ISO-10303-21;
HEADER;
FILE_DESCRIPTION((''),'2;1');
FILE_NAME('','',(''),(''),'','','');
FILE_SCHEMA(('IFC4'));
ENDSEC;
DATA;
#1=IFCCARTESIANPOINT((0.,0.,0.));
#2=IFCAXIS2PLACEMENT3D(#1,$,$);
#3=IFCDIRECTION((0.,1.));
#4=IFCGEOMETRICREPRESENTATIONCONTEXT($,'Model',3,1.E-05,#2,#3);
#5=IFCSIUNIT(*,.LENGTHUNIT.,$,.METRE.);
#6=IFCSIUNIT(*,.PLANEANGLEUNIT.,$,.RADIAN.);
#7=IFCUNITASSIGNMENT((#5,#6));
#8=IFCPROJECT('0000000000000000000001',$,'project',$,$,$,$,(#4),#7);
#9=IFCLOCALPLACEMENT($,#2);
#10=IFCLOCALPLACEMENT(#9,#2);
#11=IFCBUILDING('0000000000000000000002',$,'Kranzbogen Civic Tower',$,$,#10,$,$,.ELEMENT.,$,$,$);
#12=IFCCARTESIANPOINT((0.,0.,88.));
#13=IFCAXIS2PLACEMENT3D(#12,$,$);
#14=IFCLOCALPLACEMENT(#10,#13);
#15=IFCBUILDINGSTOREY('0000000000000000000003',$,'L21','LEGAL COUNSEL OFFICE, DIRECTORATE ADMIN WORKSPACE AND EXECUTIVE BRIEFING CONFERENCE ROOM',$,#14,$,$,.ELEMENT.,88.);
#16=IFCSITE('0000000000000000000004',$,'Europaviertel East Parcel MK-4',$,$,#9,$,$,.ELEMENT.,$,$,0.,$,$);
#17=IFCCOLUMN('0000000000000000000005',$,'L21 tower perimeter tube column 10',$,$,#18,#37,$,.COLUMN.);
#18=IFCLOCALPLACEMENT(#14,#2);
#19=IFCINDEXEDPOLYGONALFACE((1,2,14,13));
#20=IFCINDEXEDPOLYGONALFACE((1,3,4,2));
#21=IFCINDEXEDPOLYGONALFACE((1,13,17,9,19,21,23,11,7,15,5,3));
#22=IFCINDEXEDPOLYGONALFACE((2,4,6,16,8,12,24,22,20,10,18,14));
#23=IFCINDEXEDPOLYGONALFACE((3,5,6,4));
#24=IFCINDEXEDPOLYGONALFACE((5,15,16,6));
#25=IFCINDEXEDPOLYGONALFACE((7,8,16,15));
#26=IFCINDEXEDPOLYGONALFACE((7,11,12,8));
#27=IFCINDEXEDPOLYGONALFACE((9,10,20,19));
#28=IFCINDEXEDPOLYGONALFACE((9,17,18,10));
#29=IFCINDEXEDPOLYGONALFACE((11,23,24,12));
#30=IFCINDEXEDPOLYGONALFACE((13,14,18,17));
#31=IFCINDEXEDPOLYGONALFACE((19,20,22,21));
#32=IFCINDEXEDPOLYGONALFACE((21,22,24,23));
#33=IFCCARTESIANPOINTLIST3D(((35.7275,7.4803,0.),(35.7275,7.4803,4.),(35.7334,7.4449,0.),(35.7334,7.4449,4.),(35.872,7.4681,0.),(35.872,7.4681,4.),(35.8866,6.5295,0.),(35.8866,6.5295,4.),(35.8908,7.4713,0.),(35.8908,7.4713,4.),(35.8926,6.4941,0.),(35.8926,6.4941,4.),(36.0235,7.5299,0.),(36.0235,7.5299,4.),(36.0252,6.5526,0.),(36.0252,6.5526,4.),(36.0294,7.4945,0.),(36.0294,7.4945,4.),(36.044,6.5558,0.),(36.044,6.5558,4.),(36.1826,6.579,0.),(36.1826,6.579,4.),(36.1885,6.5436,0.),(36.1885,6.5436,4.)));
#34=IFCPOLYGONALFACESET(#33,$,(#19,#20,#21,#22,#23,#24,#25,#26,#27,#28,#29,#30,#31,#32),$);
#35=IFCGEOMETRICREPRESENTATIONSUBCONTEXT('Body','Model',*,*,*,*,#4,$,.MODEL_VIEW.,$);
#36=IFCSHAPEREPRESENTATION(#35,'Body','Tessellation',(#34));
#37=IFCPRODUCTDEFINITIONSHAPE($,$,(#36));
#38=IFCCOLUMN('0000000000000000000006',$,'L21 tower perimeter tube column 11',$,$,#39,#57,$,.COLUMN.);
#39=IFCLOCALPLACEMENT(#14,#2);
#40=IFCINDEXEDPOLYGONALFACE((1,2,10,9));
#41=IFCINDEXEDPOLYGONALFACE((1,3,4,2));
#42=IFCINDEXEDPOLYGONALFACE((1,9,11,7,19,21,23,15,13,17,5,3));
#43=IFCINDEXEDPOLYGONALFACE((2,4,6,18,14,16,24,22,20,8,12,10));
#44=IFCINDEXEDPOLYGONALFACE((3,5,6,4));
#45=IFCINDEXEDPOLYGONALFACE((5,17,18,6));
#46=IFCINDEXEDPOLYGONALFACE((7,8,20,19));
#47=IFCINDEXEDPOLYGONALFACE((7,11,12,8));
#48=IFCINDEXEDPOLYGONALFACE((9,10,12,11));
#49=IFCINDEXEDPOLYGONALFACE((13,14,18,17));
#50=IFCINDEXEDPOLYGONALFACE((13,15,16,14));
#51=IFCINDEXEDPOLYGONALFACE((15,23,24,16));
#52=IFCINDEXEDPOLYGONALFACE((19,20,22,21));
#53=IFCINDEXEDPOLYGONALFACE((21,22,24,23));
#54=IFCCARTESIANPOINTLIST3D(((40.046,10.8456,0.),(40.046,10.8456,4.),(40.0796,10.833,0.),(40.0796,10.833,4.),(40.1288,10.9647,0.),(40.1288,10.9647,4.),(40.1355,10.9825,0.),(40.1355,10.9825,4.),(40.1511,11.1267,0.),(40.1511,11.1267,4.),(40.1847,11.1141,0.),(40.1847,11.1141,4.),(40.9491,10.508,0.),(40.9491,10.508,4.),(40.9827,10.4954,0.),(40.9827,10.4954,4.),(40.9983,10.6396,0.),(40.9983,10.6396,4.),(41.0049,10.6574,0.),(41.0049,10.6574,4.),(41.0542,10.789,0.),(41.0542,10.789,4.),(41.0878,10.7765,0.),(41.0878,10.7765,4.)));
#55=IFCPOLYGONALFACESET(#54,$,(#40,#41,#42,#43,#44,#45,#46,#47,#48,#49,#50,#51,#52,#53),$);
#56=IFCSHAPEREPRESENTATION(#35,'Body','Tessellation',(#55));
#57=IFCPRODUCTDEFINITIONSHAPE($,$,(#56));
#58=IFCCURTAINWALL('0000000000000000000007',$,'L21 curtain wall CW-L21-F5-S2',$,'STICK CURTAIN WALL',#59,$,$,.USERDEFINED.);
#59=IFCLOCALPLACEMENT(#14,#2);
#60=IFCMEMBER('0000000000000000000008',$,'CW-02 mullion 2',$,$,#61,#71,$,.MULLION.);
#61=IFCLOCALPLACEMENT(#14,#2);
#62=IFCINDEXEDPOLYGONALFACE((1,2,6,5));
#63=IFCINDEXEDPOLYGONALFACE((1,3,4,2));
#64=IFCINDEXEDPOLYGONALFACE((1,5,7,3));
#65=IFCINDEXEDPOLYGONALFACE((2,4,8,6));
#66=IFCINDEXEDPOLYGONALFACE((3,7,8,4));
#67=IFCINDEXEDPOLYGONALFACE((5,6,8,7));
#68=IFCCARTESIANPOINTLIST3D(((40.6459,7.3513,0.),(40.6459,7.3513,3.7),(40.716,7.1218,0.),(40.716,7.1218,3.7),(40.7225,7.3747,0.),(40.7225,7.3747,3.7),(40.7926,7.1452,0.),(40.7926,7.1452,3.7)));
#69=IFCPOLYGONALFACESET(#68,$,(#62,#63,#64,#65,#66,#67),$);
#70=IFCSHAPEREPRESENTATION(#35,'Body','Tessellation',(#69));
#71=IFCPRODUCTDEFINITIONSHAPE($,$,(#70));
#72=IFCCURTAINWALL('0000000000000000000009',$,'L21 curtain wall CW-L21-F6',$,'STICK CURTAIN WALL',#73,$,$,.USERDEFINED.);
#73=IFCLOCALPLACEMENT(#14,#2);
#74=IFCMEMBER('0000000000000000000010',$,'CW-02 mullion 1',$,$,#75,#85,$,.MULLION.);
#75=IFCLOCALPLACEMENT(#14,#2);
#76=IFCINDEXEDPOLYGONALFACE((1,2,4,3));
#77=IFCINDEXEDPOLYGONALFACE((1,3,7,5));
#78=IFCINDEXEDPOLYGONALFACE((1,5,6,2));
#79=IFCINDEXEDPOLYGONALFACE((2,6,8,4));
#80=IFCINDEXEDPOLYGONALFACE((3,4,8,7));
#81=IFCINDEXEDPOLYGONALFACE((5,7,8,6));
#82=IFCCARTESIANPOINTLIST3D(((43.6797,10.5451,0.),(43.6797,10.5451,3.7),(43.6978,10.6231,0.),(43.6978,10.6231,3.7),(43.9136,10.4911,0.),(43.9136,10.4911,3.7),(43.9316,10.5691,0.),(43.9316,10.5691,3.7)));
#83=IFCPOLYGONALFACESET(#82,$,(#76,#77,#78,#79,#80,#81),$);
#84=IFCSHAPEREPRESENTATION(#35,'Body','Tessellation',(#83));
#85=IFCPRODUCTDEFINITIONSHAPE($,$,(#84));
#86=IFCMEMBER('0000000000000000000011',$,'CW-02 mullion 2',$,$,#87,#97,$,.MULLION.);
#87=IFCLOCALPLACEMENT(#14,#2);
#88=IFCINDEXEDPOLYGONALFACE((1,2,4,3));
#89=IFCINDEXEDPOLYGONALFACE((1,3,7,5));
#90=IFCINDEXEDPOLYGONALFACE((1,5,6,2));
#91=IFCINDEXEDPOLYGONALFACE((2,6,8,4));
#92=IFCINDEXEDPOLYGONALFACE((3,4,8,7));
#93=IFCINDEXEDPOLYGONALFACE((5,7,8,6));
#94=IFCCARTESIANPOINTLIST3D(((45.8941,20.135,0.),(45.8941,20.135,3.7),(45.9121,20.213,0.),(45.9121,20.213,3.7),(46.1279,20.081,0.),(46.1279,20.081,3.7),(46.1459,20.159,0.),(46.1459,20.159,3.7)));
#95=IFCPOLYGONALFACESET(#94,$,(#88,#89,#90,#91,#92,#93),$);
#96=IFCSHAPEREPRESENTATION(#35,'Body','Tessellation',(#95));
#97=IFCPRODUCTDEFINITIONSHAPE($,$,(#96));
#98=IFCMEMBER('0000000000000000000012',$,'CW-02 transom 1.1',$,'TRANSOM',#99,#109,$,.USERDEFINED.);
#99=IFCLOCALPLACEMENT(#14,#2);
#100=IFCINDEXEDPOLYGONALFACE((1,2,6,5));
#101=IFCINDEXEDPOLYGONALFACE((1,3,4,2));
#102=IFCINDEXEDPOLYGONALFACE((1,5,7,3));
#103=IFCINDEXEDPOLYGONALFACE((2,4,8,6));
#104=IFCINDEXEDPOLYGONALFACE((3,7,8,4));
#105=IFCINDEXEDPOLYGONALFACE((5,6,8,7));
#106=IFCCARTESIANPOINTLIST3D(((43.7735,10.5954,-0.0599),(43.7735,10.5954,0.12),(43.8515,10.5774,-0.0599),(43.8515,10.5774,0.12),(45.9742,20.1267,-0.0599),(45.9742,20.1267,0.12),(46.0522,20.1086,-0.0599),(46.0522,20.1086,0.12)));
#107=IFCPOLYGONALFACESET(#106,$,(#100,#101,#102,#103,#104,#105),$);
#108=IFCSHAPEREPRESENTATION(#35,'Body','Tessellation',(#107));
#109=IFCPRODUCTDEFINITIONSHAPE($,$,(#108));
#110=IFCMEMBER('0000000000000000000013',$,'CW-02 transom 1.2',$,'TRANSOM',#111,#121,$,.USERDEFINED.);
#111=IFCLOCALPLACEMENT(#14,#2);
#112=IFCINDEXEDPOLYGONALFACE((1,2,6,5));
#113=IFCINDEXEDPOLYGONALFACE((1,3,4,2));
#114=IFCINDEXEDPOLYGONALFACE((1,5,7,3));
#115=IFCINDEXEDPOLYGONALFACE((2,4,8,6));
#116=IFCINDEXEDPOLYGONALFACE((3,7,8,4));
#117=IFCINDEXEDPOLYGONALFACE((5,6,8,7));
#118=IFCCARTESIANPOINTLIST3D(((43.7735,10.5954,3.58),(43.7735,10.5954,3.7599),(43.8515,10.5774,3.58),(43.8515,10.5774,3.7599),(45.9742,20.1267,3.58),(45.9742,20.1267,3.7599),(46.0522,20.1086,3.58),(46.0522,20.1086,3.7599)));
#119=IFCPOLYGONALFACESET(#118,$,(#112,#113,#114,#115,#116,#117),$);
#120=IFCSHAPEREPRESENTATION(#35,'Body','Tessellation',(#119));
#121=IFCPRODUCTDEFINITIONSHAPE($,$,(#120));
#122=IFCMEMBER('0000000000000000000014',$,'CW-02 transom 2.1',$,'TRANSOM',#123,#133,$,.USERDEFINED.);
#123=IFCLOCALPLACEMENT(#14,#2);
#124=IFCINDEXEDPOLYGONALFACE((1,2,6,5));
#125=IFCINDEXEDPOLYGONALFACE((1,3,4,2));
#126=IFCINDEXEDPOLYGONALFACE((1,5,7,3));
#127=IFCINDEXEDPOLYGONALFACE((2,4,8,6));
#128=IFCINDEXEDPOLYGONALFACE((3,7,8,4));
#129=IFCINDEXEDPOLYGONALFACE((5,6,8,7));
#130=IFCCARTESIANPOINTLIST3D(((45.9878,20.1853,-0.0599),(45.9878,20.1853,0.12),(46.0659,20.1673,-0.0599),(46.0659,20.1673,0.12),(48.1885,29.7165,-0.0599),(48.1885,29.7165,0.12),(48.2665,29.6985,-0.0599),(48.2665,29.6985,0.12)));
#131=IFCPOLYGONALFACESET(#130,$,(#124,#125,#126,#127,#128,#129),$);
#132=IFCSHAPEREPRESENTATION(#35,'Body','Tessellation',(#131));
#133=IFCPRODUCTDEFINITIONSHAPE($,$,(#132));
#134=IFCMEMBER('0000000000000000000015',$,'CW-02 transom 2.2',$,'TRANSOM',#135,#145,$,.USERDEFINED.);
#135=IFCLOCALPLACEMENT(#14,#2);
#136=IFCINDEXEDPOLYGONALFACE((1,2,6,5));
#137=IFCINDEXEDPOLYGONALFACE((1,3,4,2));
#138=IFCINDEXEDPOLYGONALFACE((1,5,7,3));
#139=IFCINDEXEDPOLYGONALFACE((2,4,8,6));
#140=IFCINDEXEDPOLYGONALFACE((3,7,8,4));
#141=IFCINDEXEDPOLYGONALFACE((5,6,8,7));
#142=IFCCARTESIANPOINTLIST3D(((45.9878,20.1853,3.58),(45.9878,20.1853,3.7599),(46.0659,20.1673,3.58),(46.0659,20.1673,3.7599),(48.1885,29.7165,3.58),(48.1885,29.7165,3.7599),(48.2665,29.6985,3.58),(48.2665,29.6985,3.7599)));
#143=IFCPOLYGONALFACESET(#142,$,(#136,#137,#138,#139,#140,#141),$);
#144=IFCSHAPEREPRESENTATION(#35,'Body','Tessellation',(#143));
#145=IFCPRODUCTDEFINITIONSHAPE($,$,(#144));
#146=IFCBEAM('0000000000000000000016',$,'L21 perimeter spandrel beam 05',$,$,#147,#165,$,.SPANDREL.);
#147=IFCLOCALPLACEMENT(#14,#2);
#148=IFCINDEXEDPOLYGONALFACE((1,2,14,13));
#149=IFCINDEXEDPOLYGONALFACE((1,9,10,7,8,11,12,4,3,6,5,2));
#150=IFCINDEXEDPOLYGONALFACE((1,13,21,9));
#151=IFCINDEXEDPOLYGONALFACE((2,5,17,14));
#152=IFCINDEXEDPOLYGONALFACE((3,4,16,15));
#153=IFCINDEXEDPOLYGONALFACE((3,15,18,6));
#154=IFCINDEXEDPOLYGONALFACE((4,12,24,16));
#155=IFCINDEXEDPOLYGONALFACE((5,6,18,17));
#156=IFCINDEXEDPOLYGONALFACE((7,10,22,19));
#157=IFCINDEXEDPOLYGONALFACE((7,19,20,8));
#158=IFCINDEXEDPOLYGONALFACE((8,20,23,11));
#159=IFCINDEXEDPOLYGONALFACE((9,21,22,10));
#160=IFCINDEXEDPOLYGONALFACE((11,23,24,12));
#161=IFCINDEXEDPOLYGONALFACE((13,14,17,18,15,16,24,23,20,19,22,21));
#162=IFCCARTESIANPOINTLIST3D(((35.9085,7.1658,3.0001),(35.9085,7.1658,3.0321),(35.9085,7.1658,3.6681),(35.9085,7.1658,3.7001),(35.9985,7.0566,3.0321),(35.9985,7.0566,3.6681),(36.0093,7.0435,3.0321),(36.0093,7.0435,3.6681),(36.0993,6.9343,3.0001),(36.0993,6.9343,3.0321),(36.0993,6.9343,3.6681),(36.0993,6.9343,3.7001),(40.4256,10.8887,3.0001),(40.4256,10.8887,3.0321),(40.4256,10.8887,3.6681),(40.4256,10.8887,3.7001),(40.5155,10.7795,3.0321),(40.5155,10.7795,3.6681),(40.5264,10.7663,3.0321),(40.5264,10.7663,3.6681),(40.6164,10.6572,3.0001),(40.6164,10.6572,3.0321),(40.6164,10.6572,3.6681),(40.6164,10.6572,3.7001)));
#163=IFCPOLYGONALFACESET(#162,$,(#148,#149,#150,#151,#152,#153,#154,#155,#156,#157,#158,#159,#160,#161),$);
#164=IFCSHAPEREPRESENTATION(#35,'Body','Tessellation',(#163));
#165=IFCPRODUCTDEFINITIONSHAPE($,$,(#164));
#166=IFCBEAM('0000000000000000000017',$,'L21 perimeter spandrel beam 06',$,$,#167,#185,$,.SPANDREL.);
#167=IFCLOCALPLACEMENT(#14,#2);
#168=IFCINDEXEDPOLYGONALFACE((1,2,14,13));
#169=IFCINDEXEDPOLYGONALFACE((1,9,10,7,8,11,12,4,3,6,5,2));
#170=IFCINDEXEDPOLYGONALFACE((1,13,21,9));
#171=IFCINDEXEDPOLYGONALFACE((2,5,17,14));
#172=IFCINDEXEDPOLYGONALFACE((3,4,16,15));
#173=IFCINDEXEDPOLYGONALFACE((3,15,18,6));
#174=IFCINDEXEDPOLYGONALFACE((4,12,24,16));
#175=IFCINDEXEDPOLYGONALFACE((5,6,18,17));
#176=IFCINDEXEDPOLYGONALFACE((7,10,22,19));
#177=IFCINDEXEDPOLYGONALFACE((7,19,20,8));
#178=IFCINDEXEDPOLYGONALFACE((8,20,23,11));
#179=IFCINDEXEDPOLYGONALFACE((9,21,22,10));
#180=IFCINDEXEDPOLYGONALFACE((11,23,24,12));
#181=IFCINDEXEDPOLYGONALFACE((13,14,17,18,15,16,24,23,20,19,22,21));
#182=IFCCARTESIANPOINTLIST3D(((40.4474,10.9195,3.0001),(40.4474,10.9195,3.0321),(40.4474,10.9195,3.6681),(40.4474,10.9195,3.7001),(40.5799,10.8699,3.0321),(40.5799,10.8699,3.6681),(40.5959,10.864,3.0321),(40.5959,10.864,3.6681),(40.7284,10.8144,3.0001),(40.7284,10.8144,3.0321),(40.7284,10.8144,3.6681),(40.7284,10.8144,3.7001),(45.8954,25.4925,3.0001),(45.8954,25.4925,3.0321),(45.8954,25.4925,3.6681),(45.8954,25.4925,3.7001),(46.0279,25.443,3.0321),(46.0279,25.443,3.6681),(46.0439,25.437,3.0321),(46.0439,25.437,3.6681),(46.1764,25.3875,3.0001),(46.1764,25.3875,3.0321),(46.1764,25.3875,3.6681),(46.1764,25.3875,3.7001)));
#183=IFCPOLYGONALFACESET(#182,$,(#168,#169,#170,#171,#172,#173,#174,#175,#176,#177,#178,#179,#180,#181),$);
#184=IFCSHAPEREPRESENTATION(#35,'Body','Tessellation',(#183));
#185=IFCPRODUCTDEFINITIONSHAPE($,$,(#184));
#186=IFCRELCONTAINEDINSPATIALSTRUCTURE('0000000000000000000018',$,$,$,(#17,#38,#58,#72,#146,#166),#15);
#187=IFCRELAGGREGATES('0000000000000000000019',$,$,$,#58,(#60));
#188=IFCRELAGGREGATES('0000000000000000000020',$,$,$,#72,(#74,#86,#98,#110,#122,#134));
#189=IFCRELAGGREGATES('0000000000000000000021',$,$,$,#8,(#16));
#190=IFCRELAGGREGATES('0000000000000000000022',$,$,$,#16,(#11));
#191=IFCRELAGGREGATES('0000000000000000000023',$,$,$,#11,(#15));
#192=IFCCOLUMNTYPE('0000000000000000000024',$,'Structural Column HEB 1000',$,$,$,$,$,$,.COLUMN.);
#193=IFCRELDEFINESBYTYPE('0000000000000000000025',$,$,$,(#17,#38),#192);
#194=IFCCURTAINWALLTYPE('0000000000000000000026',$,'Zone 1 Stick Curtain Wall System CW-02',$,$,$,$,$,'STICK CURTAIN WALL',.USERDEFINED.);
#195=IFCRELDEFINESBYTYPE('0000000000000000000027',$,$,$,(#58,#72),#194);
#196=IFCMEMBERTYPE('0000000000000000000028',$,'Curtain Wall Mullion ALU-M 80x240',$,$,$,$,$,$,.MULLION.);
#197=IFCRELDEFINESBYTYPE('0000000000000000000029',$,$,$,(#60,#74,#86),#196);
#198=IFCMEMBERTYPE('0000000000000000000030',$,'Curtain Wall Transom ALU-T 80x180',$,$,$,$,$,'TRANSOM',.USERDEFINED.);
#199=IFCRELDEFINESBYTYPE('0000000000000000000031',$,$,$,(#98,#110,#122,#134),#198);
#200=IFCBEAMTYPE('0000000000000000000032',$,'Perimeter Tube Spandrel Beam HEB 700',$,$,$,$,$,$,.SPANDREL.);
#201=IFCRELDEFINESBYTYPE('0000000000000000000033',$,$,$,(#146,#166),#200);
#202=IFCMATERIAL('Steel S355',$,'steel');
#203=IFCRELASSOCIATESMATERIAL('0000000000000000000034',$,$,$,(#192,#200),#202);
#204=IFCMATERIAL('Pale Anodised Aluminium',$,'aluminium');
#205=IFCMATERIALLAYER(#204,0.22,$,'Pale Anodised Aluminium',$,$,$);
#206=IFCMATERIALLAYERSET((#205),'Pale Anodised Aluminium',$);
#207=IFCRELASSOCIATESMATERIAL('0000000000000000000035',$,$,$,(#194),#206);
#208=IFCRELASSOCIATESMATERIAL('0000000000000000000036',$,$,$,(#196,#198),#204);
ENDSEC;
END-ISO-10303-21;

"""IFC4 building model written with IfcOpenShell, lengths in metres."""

from ifc_helpers import new_model, si_unit, direction, frame, origin, origin_2d, place, context, subcontext, project, spatial, rectangle, i_section, extrude, material, layer, layer_set, material_profile, profile_set, type_object, element, aggregate, save


model = new_model("IFC4")

# Units and contexts
model_context = context("Model", 3, precision=1e-05, world=origin(), true_north=direction((0.0, 1.0)))
body_context = subcontext(model_context, "Body", "Model", "MODEL_VIEW")
ifc_project = project(units=[si_unit("LENGTHUNIT", "METRE"), si_unit("PLANEANGLEUNIT", "RADIAN")], contexts=[model_context])

# Site, building, storey
site_placement = place(None, origin())
site = spatial("IfcSite", under=ifc_project, at=site_placement, Name="Europaviertel East Parcel MK-4", CompositionType="ELEMENT", RefElevation=0.0)
building_placement = place(site_placement, origin())
building = spatial("IfcBuilding", under=site, at=building_placement, Name="Kranzbogen Civic Tower", CompositionType="ELEMENT")
storey_placement = place(building_placement, frame((0.0, 0.0, 88.0)))
storey = spatial("IfcBuildingStorey", under=building, at=storey_placement, Name="L21", Description="LEGAL COUNSEL OFFICE, DIRECTORATE ADMIN WORKSPACE AND EXECUTIVE BRIEFING CONFERENCE ROOM", CompositionType="ELEMENT", Elevation=88.0)

# Columns
ifc_material_1 = material(Name="Steel S355", Category="steel")
ifc_material_profile_1 = material_profile(ifc_material_1, i_section(OverallWidth=0.3, OverallDepth=1.0, WebThickness=0.019, FlangeThickness=0.0359, at=origin_2d()), Name="HEB 1000")
ifc_profile_set_1 = profile_set([ifc_material_profile_1], Name="Steel S355")
column_type = type_object("IfcColumnType", Name="Structural Column HEB 1000", PredefinedType="COLUMN", material=ifc_profile_set_1)
for number, where, z_axis, x_axis, name in (
    (1, (35.958, 7.012, 0.0), (0.0, 0.0, 1.0), (0.986286, 0.165048, 0.0), "L21 tower perimeter tube column 10"),
    (2, (40.5669, 10.811, 0.0), (0.0, 0.0, 1.0), (0.350207, 0.936672, 0.0), "L21 tower perimeter tube column 11"),
):
    element("IfcColumn", number, at=place(storey_placement, frame(where, z_axis=z_axis, x_axis=x_axis)), inside=storey, type_object=column_type, Name=name, PredefinedType="COLUMN", context=body_context, shape_type="SweptSolid", body=[
        extrude(i_section(OverallWidth=0.3, OverallDepth=1.0, WebThickness=0.019, FlangeThickness=0.0359, at=origin_2d()), origin(), (0.0, 0.0, 1.0), 4.0),
    ])

# Curtain wall, member
ifc_material_2 = material(Name="Pale Anodised Aluminium", Category="aluminium")
ifc_layer_1 = layer(ifc_material_2, 0.22, Name="Pale Anodised Aluminium")
ifc_layer_set_1 = layer_set([ifc_layer_1], Name="Pale Anodised Aluminium")
curtain_wall_type = type_object("IfcCurtainWallType", Name="Zone 1 Stick Curtain Wall System CW-02", ElementType="STICK CURTAIN WALL", PredefinedType="USERDEFINED", material=ifc_layer_set_1)
curtain_wall_1_placement = place(storey_placement, origin())
curtain_wall_1 = element("IfcCurtainWall", 3, at=curtain_wall_1_placement, inside=storey, type_object=curtain_wall_type, Name="L21 curtain wall CW-L21-F5-S2", ObjectType="STICK CURTAIN WALL", PredefinedType="USERDEFINED")
ifc_material_profile_2 = material_profile(ifc_material_2, rectangle(XDim=0.0801, YDim=0.24, at=origin_2d()), Name="ALU-M 80x240")
ifc_profile_set_2 = profile_set([ifc_material_profile_2], Name="Pale Anodised Aluminium")
member_type_1 = type_object("IfcMemberType", Name="Curtain Wall Mullion ALU-M 80x240", PredefinedType="MULLION", material=ifc_profile_set_2)
member_1_placement = place(storey_placement, frame((40.7192, 7.2483, 0.0), z_axis=(0.0, 0.0, 1.0), x_axis=(0.956318, 0.292327, 0.0)))
member_1 = element("IfcMember", 4, at=member_1_placement, type_object=member_type_1, Name="CW-02 mullion 2", PredefinedType="MULLION", context=body_context, shape_type="SweptSolid", body=[
    extrude(rectangle(XDim=0.0801, YDim=0.24, at=origin_2d()), origin(), (0.0, 0.0, 1.0), 3.7),
])

# Curtain wall, members
curtain_wall_2_placement = place(storey_placement, origin())
curtain_wall_2 = element("IfcCurtainWall", 5, at=curtain_wall_2_placement, inside=storey, type_object=curtain_wall_type, Name="L21 curtain wall CW-L21-F6", ObjectType="STICK CURTAIN WALL", PredefinedType="USERDEFINED")
member_2_placement = place(storey_placement, frame((43.8057, 10.5571, 0.0), z_axis=(0.0, 0.0, 1.0), x_axis=(0.224978, 0.974364, 0.0)))
member_2 = element("IfcMember", 6, at=member_2_placement, type_object=member_type_1, Name="CW-02 mullion 1", PredefinedType="MULLION", context=body_context, shape_type="SweptSolid", body=[
    extrude(rectangle(XDim=0.0801, YDim=0.24, at=origin_2d()), origin(), (0.0, 0.0, 1.0), 3.7),
])
member_3_placement = place(storey_placement, frame((46.02, 20.147, 0.0), z_axis=(0.0, 0.0, 1.0), x_axis=(0.224978, 0.974364, 0.0)))
member_3 = element("IfcMember", 7, at=member_3_placement, type_object=member_type_1, Name="CW-02 mullion 2", PredefinedType="MULLION", context=body_context, shape_type="SweptSolid", body=[
    extrude(rectangle(XDim=0.0801, YDim=0.24, at=origin_2d()), origin(), (0.0, 0.0, 1.0), 3.7),
])
ifc_material_profile_3 = material_profile(ifc_material_2, rectangle(XDim=0.0801, YDim=0.1799, at=origin_2d()), Name="ALU-T 80x180")
ifc_profile_set_3 = profile_set([ifc_material_profile_3], Name="Pale Anodised Aluminium")
member_type_2 = type_object("IfcMemberType", Name="Curtain Wall Transom ALU-T 80x180", ElementType="TRANSOM", PredefinedType="USERDEFINED", material=ifc_profile_set_3)
member_4_placement = place(storey_placement, frame((43.8125, 10.5864, 0.03), z_axis=(0.224973, 0.974365, 0.0), x_axis=(-0.974365, 0.224973, 0.0)))
member_4 = element("IfcMember", 8, at=member_4_placement, type_object=member_type_2, Name="CW-02 transom 1.1", ObjectType="TRANSOM", PredefinedType="USERDEFINED", context=body_context, shape_type="SweptSolid", body=[
    extrude(rectangle(XDim=0.0801, YDim=0.1799, at=origin_2d()), origin(), (0.0, 0.0, 1.0), 9.782),
])
member_5_placement = place(storey_placement, frame((43.8125, 10.5864, 3.6699), z_axis=(0.224973, 0.974365, 0.0), x_axis=(-0.974365, 0.224973, 0.0)))
member_5 = element("IfcMember", 9, at=member_5_placement, type_object=member_type_2, Name="CW-02 transom 1.2", ObjectType="TRANSOM", PredefinedType="USERDEFINED", context=body_context, shape_type="SweptSolid", body=[
    extrude(rectangle(XDim=0.0801, YDim=0.1799, at=origin_2d()), origin(), (0.0, 0.0, 1.0), 9.782),
])
member_6_placement = place(storey_placement, frame((46.0269, 20.1763, 0.03), z_axis=(0.224973, 0.974365, 0.0), x_axis=(-0.974365, 0.224973, 0.0)))
member_6 = element("IfcMember", 10, at=member_6_placement, type_object=member_type_2, Name="CW-02 transom 2.1", ObjectType="TRANSOM", PredefinedType="USERDEFINED", context=body_context, shape_type="SweptSolid", body=[
    extrude(rectangle(XDim=0.0801, YDim=0.1799, at=origin_2d()), origin(), (0.0, 0.0, 1.0), 9.782),
])
member_7_placement = place(storey_placement, frame((46.0269, 20.1763, 3.6699), z_axis=(0.224973, 0.974365, 0.0), x_axis=(-0.974365, 0.224973, 0.0)))
member_7 = element("IfcMember", 11, at=member_7_placement, type_object=member_type_2, Name="CW-02 transom 2.2", ObjectType="TRANSOM", PredefinedType="USERDEFINED", context=body_context, shape_type="SweptSolid", body=[
    extrude(rectangle(XDim=0.0801, YDim=0.1799, at=origin_2d()), origin(), (0.0, 0.0, 1.0), 9.782),
])

# Beams
ifc_material_profile_4 = material_profile(ifc_material_1, i_section(OverallWidth=0.3, OverallDepth=0.7, WebThickness=0.0171, FlangeThickness=0.032, at=origin_2d()), Name="HEB 700")
ifc_profile_set_4 = profile_set([ifc_material_profile_4], Name="Steel S355")
beam_type_1 = type_object("IfcBeamType", Name="Perimeter Tube Spandrel Beam HEB 700", PredefinedType="SPANDREL", material=ifc_profile_set_4)
beam_1_placement = place(storey_placement, frame((36.0039, 7.05, 3.3501), z_axis=(0.771683, 0.636007, 0.0), x_axis=(-0.636007, 0.771683, 0.0)))
element("IfcBeam", 12, at=beam_1_placement, inside=storey, type_object=beam_type_1, Name="L21 perimeter spandrel beam 05", PredefinedType="SPANDREL", context=body_context, shape_type="SweptSolid", body=[
    extrude(i_section(OverallWidth=0.3, OverallDepth=0.7, WebThickness=0.0171, FlangeThickness=0.032, at=origin_2d()), origin(), (0.0, 0.0, 1.0), 5.8535),
])
beam_2_placement = place(storey_placement, frame((40.5879, 10.8669, 3.3501), z_axis=(0.350172, 0.936685, 0.0), x_axis=(-0.936685, 0.350172, 0.0)))
element("IfcBeam", 13, at=beam_2_placement, inside=storey, type_object=beam_type_1, Name="L21 perimeter spandrel beam 06", PredefinedType="SPANDREL", context=body_context, shape_type="SweptSolid", body=[
    extrude(i_section(OverallWidth=0.3, OverallDepth=0.7, WebThickness=0.0171, FlangeThickness=0.032, at=origin_2d()), origin(), (0.0, 0.0, 1.0), 15.5581),
])

aggregate(curtain_wall_1, [member_1])
aggregate(curtain_wall_2, [member_2, member_3, member_4, member_5, member_6, member_7])

save(model, "model.ifc")
